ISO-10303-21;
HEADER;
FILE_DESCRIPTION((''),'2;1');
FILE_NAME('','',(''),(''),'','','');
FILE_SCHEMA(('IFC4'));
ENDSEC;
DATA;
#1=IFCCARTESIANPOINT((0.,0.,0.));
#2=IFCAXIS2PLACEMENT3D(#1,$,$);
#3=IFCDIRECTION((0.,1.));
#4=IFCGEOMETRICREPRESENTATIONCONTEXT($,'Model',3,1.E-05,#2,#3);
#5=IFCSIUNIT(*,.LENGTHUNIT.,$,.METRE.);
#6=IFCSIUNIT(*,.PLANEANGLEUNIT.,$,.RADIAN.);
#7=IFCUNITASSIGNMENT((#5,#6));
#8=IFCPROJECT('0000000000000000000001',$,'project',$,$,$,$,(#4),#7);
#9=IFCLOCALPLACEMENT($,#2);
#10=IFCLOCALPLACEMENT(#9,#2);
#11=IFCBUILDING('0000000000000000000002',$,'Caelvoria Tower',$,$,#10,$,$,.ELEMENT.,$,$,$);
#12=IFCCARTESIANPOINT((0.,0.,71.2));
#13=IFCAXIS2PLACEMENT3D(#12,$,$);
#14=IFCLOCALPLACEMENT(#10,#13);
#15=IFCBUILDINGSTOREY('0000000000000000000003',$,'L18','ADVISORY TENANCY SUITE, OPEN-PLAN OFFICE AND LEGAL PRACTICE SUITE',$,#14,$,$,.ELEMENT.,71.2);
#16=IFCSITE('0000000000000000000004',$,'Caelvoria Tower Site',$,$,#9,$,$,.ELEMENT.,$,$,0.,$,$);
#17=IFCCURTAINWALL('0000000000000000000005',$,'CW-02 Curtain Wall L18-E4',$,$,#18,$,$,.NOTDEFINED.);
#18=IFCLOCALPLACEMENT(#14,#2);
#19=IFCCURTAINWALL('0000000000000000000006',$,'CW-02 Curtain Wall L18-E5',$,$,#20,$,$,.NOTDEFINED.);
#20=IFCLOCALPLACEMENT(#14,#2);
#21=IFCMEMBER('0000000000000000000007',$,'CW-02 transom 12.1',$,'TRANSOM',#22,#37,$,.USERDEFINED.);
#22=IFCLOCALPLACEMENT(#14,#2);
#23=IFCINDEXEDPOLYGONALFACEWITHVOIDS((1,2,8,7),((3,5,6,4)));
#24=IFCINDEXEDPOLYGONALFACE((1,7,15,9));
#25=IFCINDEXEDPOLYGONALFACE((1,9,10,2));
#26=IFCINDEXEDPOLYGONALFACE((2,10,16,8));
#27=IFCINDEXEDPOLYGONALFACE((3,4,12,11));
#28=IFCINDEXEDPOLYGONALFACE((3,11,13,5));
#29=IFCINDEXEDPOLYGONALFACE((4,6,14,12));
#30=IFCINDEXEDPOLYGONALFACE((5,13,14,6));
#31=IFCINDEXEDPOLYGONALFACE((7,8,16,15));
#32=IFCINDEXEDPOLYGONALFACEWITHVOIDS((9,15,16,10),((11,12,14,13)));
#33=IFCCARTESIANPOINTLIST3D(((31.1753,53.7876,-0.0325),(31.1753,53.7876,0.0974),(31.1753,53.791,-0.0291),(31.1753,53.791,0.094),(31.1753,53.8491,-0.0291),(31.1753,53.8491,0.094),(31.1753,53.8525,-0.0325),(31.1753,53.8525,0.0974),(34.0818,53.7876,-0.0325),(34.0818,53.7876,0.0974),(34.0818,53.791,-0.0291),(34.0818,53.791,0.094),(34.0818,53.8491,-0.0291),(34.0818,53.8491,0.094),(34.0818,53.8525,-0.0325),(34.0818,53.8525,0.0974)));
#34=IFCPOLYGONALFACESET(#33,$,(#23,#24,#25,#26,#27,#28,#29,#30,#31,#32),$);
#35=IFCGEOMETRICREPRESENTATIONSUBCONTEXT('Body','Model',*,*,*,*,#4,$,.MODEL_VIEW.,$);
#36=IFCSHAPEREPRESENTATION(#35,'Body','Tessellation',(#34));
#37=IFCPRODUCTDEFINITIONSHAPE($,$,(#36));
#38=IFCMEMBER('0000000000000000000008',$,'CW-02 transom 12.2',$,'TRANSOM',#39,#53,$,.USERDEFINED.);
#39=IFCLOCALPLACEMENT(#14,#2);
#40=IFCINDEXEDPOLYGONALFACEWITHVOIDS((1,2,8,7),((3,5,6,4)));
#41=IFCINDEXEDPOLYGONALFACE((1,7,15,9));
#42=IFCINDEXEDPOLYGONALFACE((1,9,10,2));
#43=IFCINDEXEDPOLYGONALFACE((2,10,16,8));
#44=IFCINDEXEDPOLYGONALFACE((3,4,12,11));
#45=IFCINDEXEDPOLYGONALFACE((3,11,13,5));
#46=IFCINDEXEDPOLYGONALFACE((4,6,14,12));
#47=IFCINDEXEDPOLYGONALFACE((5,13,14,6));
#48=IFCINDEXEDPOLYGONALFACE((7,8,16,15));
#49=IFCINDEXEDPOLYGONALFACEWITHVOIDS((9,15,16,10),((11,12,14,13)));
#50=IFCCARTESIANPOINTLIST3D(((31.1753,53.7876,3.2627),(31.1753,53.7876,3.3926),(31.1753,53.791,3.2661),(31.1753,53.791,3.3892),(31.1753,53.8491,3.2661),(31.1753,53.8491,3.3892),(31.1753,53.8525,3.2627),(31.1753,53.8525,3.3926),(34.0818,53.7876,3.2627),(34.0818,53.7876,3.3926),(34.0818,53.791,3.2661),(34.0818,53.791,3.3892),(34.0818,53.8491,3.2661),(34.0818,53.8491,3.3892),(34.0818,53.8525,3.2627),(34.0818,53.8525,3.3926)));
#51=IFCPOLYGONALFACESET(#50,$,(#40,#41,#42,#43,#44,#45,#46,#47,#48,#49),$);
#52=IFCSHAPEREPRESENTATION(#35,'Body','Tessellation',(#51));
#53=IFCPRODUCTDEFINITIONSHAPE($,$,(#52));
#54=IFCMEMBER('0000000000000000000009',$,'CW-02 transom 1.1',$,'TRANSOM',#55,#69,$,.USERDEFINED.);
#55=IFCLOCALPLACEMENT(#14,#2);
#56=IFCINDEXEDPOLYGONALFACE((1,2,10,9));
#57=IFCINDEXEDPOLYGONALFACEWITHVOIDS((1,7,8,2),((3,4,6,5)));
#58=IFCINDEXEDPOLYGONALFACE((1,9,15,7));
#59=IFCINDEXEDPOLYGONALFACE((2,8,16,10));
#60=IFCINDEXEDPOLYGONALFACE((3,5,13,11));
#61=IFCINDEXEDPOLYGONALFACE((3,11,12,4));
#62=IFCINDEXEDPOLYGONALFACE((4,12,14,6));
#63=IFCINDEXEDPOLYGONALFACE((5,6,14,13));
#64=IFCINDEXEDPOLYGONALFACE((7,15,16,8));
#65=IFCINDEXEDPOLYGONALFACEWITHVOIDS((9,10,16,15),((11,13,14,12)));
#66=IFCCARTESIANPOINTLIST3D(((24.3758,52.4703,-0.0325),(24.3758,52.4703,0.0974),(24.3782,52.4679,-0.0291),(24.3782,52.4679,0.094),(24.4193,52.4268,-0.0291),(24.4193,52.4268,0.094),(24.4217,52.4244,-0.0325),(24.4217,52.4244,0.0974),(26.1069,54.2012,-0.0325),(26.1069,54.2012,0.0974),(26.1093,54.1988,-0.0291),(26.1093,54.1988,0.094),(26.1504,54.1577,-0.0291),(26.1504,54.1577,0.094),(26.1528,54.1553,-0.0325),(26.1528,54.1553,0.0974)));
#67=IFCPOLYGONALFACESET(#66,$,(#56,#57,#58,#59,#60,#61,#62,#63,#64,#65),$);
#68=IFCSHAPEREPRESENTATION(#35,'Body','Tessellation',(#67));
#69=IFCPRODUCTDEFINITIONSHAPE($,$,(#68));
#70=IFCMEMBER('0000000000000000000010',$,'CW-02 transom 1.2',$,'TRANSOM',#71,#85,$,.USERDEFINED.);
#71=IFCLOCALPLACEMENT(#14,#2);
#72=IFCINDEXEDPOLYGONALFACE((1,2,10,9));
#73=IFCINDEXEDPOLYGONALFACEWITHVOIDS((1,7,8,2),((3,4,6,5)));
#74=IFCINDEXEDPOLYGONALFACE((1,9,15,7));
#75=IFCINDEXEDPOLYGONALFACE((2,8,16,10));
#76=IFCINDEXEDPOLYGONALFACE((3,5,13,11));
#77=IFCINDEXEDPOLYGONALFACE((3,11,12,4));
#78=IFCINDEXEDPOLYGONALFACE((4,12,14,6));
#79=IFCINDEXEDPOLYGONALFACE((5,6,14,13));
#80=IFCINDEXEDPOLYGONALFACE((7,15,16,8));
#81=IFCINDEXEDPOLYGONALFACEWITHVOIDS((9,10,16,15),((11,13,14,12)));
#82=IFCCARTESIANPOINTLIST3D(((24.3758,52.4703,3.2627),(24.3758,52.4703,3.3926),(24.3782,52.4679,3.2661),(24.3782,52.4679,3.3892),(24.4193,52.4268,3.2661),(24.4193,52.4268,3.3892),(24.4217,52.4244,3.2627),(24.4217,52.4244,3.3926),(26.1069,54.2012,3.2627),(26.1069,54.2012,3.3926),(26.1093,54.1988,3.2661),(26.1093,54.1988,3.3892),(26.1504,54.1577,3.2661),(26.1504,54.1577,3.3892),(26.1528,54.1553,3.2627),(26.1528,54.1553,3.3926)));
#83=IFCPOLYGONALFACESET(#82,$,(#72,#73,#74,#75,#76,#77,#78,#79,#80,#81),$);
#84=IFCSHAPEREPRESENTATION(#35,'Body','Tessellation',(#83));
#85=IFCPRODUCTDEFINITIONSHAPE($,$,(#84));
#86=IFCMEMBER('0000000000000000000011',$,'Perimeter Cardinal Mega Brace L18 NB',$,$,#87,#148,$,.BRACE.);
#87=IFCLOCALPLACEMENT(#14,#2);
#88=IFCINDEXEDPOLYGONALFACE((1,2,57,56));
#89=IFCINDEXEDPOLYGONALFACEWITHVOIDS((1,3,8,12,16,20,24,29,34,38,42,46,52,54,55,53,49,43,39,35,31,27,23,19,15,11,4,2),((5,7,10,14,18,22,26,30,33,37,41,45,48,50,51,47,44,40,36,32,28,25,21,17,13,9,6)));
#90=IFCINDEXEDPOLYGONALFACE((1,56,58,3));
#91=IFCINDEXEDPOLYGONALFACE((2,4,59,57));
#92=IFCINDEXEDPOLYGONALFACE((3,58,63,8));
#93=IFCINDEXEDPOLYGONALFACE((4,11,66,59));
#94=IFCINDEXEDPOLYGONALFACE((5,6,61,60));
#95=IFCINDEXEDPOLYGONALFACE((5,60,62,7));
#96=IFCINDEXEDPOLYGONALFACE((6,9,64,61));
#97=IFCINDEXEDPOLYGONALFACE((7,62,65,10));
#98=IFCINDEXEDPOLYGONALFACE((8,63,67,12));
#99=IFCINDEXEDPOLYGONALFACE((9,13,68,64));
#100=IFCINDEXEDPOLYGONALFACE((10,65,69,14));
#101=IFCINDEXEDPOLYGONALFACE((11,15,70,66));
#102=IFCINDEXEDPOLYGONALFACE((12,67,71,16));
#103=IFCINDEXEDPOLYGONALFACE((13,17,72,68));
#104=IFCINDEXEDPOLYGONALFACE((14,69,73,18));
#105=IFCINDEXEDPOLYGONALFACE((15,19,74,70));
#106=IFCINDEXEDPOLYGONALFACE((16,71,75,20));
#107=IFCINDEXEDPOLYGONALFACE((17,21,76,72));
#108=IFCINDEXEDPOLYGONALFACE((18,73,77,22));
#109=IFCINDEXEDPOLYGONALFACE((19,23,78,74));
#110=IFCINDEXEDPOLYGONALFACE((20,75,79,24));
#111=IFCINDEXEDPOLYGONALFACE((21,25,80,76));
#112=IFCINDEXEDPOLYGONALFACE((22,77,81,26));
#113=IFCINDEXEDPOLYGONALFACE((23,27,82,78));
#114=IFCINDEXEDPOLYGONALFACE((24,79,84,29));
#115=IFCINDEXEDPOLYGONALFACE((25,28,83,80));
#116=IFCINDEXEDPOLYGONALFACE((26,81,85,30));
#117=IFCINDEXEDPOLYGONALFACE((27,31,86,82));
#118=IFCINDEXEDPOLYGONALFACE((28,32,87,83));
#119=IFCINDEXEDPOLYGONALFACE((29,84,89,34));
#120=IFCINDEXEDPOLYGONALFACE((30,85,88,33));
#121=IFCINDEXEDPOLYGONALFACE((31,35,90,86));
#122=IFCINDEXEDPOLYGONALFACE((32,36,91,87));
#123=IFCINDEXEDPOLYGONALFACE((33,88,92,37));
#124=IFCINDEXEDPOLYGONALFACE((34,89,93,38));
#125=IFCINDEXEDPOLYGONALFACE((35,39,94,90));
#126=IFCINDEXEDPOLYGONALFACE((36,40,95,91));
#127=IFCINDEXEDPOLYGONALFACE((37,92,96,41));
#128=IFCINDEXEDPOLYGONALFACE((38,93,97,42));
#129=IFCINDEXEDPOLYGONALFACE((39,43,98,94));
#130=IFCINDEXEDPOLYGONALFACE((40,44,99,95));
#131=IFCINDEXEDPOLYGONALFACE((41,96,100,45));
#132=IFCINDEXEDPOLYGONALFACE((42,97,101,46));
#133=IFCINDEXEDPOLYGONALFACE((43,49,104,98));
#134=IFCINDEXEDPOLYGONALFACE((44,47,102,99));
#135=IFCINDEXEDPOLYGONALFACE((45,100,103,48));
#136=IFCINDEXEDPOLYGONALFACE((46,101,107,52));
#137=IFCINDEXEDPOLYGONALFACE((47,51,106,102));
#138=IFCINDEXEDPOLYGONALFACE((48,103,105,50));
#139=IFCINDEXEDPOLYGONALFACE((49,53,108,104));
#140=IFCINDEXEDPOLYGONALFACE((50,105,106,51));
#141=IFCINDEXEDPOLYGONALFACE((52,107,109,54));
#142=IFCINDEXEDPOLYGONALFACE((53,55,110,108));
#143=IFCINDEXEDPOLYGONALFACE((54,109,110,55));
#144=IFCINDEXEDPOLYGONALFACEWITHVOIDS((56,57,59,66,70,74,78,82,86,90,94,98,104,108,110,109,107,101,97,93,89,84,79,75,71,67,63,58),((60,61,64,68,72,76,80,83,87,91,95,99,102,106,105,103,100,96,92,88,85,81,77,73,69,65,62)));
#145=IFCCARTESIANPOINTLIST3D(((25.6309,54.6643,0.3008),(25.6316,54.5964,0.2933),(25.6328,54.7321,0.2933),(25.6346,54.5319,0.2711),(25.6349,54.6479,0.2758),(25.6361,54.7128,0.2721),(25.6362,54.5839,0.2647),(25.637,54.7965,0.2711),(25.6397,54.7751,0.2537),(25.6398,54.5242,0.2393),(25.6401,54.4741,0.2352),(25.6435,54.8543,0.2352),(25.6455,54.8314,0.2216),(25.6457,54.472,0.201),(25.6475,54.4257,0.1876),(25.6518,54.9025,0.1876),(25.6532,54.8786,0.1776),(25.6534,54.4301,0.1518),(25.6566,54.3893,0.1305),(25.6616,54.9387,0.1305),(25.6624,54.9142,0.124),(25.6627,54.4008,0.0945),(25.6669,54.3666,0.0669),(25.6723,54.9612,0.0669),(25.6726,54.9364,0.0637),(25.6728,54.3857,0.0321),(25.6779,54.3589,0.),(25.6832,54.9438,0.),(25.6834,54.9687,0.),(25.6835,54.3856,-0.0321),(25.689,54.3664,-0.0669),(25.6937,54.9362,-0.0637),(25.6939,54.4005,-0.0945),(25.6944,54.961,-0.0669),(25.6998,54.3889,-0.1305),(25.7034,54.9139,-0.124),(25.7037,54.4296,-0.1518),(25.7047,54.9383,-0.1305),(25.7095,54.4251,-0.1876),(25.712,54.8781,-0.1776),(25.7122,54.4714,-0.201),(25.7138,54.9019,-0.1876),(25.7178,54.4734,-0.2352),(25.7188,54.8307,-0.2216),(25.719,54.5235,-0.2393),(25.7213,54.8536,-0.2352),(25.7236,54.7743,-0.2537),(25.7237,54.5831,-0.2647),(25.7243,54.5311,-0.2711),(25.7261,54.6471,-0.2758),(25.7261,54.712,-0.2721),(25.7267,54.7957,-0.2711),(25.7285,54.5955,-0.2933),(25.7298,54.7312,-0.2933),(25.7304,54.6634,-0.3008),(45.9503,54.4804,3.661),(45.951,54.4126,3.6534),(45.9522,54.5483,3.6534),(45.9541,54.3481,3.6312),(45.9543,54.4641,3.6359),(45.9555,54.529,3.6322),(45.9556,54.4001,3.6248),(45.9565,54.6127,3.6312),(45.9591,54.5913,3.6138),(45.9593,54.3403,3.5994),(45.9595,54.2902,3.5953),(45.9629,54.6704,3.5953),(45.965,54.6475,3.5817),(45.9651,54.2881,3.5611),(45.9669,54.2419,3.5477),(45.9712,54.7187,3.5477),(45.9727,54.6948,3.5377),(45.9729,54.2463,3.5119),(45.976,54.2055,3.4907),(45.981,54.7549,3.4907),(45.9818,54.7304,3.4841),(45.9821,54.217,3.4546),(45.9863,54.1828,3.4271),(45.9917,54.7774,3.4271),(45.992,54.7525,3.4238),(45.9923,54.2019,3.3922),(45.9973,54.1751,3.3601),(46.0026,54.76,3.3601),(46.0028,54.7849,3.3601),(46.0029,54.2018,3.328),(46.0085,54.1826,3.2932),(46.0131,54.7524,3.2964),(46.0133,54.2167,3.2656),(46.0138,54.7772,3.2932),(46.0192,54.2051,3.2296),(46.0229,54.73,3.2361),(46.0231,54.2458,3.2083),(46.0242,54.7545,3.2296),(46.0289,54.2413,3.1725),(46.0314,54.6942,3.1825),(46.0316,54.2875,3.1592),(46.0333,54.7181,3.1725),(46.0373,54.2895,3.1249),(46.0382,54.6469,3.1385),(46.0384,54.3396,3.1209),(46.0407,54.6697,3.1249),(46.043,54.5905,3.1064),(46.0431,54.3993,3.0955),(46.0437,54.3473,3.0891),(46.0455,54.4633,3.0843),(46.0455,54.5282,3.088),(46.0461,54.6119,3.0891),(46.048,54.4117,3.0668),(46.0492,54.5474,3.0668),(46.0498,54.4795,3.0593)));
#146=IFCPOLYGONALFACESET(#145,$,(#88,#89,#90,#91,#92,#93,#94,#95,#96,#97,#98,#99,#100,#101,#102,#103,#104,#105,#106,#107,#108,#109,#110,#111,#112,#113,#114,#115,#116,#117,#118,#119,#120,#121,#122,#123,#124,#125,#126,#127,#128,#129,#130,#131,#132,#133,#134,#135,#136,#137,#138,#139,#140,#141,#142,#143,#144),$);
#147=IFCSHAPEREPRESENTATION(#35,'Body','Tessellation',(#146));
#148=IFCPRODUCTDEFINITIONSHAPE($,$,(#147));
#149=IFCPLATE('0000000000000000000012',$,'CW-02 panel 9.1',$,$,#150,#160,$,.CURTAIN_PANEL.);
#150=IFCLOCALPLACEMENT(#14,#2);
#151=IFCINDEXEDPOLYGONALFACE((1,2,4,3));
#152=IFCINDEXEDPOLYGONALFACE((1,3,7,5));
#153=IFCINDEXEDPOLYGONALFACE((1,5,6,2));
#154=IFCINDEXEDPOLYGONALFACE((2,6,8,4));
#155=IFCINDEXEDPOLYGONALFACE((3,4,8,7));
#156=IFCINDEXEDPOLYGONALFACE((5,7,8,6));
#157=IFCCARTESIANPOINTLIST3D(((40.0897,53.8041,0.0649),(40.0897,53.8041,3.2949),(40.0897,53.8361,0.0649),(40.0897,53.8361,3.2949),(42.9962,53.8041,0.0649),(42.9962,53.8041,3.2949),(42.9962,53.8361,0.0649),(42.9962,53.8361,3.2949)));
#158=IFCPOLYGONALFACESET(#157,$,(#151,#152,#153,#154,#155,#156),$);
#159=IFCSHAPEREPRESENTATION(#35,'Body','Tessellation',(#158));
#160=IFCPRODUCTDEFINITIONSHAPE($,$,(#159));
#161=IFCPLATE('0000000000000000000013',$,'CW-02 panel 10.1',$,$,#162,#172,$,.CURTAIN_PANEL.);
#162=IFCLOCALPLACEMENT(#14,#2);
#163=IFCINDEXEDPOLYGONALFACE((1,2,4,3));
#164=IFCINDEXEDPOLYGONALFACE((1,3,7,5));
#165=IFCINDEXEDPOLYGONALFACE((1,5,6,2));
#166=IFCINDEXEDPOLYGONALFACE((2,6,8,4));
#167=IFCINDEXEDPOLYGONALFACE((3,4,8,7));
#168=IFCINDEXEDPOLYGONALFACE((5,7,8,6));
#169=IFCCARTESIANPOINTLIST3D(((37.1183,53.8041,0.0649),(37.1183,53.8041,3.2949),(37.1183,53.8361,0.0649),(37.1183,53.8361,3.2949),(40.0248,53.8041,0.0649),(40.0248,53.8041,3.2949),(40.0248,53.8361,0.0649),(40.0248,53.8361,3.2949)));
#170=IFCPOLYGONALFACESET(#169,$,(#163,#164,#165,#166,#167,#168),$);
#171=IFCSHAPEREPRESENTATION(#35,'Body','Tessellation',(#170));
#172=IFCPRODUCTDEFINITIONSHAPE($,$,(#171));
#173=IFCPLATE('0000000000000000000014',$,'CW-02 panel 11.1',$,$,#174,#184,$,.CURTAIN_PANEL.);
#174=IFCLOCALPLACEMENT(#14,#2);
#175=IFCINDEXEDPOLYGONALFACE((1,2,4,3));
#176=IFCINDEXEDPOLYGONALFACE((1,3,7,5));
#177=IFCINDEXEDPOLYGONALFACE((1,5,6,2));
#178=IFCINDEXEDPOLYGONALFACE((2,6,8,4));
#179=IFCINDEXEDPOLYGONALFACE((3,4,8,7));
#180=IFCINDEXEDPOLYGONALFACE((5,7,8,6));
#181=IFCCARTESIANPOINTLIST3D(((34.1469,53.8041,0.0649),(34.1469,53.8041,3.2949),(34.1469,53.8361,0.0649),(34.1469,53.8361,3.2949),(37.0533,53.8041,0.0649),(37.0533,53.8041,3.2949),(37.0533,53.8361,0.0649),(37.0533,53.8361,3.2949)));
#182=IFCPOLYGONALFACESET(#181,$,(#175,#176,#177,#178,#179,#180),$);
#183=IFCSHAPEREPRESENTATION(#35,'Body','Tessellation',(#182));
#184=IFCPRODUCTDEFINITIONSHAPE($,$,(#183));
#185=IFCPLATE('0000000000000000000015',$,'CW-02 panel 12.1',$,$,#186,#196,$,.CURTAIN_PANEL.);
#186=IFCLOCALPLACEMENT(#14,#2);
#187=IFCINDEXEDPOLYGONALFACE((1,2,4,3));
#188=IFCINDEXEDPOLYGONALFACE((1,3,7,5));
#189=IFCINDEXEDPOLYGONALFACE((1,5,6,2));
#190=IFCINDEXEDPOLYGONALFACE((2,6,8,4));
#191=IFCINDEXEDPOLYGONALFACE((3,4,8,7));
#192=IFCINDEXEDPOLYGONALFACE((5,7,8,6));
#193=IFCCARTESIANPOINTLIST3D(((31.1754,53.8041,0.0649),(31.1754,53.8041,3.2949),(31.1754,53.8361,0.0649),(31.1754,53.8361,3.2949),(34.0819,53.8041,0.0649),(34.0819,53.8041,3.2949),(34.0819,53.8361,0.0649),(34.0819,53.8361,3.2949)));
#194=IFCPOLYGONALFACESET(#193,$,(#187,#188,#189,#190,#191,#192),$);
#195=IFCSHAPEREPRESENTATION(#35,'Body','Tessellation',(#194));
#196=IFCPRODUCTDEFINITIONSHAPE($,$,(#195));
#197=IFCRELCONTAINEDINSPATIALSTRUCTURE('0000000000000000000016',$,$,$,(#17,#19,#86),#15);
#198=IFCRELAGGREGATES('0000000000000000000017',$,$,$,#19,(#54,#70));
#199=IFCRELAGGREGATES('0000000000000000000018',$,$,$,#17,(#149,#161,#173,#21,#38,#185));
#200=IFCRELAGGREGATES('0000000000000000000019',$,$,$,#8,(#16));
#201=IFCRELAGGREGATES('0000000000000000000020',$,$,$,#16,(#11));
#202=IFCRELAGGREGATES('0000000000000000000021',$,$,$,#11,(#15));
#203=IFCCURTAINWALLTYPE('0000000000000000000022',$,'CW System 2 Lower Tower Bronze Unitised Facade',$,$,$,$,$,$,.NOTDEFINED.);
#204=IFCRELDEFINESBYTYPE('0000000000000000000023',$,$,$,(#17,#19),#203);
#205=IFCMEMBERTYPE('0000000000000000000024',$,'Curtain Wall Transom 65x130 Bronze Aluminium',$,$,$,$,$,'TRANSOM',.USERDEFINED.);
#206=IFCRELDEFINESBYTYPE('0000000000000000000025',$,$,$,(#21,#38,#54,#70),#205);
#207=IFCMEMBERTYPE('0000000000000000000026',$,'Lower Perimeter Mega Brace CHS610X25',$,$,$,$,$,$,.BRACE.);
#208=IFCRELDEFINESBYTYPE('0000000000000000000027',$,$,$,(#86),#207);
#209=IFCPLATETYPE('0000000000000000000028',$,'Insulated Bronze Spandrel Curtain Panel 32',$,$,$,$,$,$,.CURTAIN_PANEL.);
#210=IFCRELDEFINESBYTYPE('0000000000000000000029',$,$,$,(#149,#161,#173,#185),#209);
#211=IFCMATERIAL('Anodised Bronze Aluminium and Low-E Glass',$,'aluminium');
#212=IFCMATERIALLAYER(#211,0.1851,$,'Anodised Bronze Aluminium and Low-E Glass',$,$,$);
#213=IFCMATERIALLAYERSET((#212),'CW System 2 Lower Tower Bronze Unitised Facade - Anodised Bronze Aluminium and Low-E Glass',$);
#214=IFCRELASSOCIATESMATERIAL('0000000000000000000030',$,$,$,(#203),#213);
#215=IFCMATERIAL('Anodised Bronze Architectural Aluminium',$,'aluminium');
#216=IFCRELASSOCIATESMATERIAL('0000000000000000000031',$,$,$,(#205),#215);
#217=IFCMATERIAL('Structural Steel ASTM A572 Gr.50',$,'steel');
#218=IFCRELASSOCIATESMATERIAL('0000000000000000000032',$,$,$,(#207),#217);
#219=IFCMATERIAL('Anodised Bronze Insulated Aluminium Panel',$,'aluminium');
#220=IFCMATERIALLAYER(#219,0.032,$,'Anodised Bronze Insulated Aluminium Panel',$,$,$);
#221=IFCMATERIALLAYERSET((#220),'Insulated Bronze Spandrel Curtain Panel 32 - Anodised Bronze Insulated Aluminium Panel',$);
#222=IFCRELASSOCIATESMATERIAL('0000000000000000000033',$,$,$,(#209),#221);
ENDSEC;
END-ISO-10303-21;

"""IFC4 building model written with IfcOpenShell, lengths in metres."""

from ifc_helpers import new_model, si_unit, direction, frame, origin, origin_2d, place, context, subcontext, project, spatial, rectangle, hollow_rectangle, hollow_circle, extrude, material, layer, layer_set, material_profile, profile_set, type_object, element, aggregate, save


model = new_model("IFC4")

# Units and contexts
model_context = context("Model", 3, precision=1e-05, world=origin(), true_north=direction((0.0, 1.0)))
body_context = subcontext(model_context, "Body", "Model", "MODEL_VIEW")
ifc_project = project(units=[si_unit("LENGTHUNIT", "METRE"), si_unit("PLANEANGLEUNIT", "RADIAN")], contexts=[model_context])

# Site, building, storey
site_placement = place(None, origin())
site = spatial("IfcSite", under=ifc_project, at=site_placement, Name="Caelvoria Tower Site", CompositionType="ELEMENT", RefElevation=0.0)
building_placement = place(site_placement, origin())
building = spatial("IfcBuilding", under=site, at=building_placement, Name="Caelvoria Tower", CompositionType="ELEMENT")
storey_placement = place(building_placement, frame((0.0, 0.0, 71.2)))
storey = spatial("IfcBuildingStorey", under=building, at=storey_placement, Name="L18", Description="ADVISORY TENANCY SUITE, OPEN-PLAN OFFICE AND LEGAL PRACTICE SUITE", CompositionType="ELEMENT", Elevation=71.2)

# Curtain wall
ifc_material_1 = material(Name="Anodised Bronze Aluminium and Low-E Glass", Category="aluminium")
ifc_layer_1 = layer(ifc_material_1, 0.1851, Name="Anodised Bronze Aluminium and Low-E Glass")
ifc_layer_set_1 = layer_set([ifc_layer_1], Name="CW System 2 Lower Tower Bronze Unitised Facade - Anodised Bronze Aluminium and Low-E Glass")
curtain_wall_type = type_object("IfcCurtainWallType", Name="CW System 2 Lower Tower Bronze Unitised Facade", PredefinedType="NOTDEFINED", material=ifc_layer_set_1)
curtain_wall_1_placement = place(storey_placement, origin())
curtain_wall_1 = element("IfcCurtainWall", 1, at=curtain_wall_1_placement, inside=storey, type_object=curtain_wall_type, Name="CW-02 Curtain Wall L18-E4", PredefinedType="NOTDEFINED")
ifc_material_2 = material(Name="Anodised Bronze Architectural Aluminium", Category="aluminium")

# Curtain wall
curtain_wall_2_placement = place(storey_placement, origin())
curtain_wall_2 = element("IfcCurtainWall", 2, at=curtain_wall_2_placement, inside=storey, type_object=curtain_wall_type, Name="CW-02 Curtain Wall L18-E5", PredefinedType="NOTDEFINED")

# Members
ifc_material_profile_1 = material_profile(ifc_material_2, hollow_rectangle(XDim=0.0649, YDim=0.1299, WallThickness=0.0034, at=origin_2d()), Name="Anodised Bronze Architectural Aluminium")
ifc_profile_set_1 = profile_set([ifc_material_profile_1], Name="CW_TRAN_65X130 - Anodised Bronze Architectural Aluminium")
member_type_1 = type_object("IfcMemberType", Name="Curtain Wall Transom 65x130 Bronze Aluminium", ElementType="TRANSOM", PredefinedType="USERDEFINED", material=ifc_profile_set_1)
member_1_placement = place(storey_placement, frame((34.0818, 53.8201, 0.0325), z_axis=(-1.0, 0.0, 0.0), x_axis=(0.0, -1.0, 0.0)))
member_1 = element("IfcMember", 3, at=member_1_placement, type_object=member_type_1, Name="CW-02 transom 12.1", ObjectType="TRANSOM", PredefinedType="USERDEFINED", context=body_context, shape_type="SweptSolid", body=[
    extrude(hollow_rectangle(XDim=0.0649, YDim=0.1299, WallThickness=0.0034, at=origin_2d()), origin(), (0.0, 0.0, 1.0), 2.9065),
])
member_2_placement = place(storey_placement, frame((34.0818, 53.8201, 3.3276), z_axis=(-1.0, 0.0, 0.0), x_axis=(0.0, -1.0, 0.0)))
member_2 = element("IfcMember", 4, at=member_2_placement, type_object=member_type_1, Name="CW-02 transom 12.2", ObjectType="TRANSOM", PredefinedType="USERDEFINED", context=body_context, shape_type="SweptSolid", body=[
    extrude(hollow_rectangle(XDim=0.0649, YDim=0.1299, WallThickness=0.0034, at=origin_2d()), origin(), (0.0, 0.0, 1.0), 2.9065),
])
member_3_placement = place(storey_placement, frame((26.1299, 54.1782, 0.0325), z_axis=(-0.707157, -0.707057, 0.0), x_axis=(0.707057, -0.707157, 0.0)))
member_3 = element("IfcMember", 5, at=member_3_placement, type_object=member_type_1, Name="CW-02 transom 1.1", ObjectType="TRANSOM", PredefinedType="USERDEFINED", context=body_context, shape_type="SweptSolid", body=[
    extrude(hollow_rectangle(XDim=0.0649, YDim=0.1299, WallThickness=0.0034, at=origin_2d()), origin(), (0.0, 0.0, 1.0), 2.448),
])
member_4_placement = place(storey_placement, frame((26.1299, 54.1782, 3.3276), z_axis=(-0.707157, -0.707057, 0.0), x_axis=(0.707057, -0.707157, 0.0)))
member_4 = element("IfcMember", 6, at=member_4_placement, type_object=member_type_1, Name="CW-02 transom 1.2", ObjectType="TRANSOM", PredefinedType="USERDEFINED", context=body_context, shape_type="SweptSolid", body=[
    extrude(hollow_rectangle(XDim=0.0649, YDim=0.1299, WallThickness=0.0034, at=origin_2d()), origin(), (0.0, 0.0, 1.0), 2.448),
])
aggregate(curtain_wall_2, [member_3, member_4])
ifc_material_3 = material(Name="Structural Steel ASTM A572 Gr.50", Category="steel")
ifc_material_profile_2 = material_profile(ifc_material_3, hollow_circle(Radius=0.3049, WallThickness=0.0249, at=origin_2d()), Name="Structural Steel ASTM A572 Gr.50")
ifc_profile_set_2 = profile_set([ifc_material_profile_2], Name="CHS610X25 - Structural Steel ASTM A572 Gr.50")
member_type_2 = type_object("IfcMemberType", Name="Lower Perimeter Mega Brace CHS610X25", PredefinedType="BRACE", material=ifc_profile_set_2)
member_5_placement = place(storey_placement, frame((25.6807, 54.6638, 0.0), z_axis=(0.986562, -0.008926, 0.163143), x_axis=(0.009047, 0.999959, 0.0)))
element("IfcMember", 7, at=member_5_placement, inside=storey, type_object=member_type_2, Name="Perimeter Cardinal Mega Brace L18 NB", PredefinedType="BRACE", context=body_context, shape_type="SweptSolid", body=[
    extrude(hollow_circle(Radius=0.3049, WallThickness=0.0249, at=origin_2d()), origin(), (0.0, 0.0, 1.0), 20.5962),
])

# Plates
ifc_material_4 = material(Name="Anodised Bronze Insulated Aluminium Panel", Category="aluminium")
ifc_layer_2 = layer(ifc_material_4, 0.032, Name="Anodised Bronze Insulated Aluminium Panel")
ifc_layer_set_2 = layer_set([ifc_layer_2], Name="Insulated Bronze Spandrel Curtain Panel 32 - Anodised Bronze Insulated Aluminium Panel")
plate_type_1 = type_object("IfcPlateType", Name="Insulated Bronze Spandrel Curtain Panel 32", PredefinedType="CURTAIN_PANEL", material=ifc_layer_set_2)
plate_1_placement = place(storey_placement, frame((41.543, 53.8201, 0.0649), z_axis=(0.0, 0.0, 1.0), x_axis=(-1.0, 0.0, 0.0)))
plate_1 = element("IfcPlate", 8, at=plate_1_placement, type_object=plate_type_1, Name="CW-02 panel 9.1", PredefinedType="CURTAIN_PANEL", context=body_context, shape_type="SweptSolid", body=[
    extrude(rectangle(XDim=2.9065, YDim=0.032, at=origin_2d()), origin(), (0.0, 0.0, 1.0), 3.23),
])
plate_2_placement = place(storey_placement, frame((38.5715, 53.8201, 0.0649), z_axis=(0.0, 0.0, 1.0), x_axis=(-1.0, 0.0, 0.0)))
plate_2 = element("IfcPlate", 9, at=plate_2_placement, type_object=plate_type_1, Name="CW-02 panel 10.1", PredefinedType="CURTAIN_PANEL", context=body_context, shape_type="SweptSolid", body=[
    extrude(rectangle(XDim=2.9065, YDim=0.032, at=origin_2d()), origin(), (0.0, 0.0, 1.0), 3.23),
])
plate_3_placement = place(storey_placement, frame((35.6001, 53.8201, 0.0649), z_axis=(0.0, 0.0, 1.0), x_axis=(-1.0, 0.0, 0.0)))
plate_3 = element("IfcPlate", 10, at=plate_3_placement, type_object=plate_type_1, Name="CW-02 panel 11.1", PredefinedType="CURTAIN_PANEL", context=body_context, shape_type="SweptSolid", body=[
    extrude(rectangle(XDim=2.9065, YDim=0.032, at=origin_2d()), origin(), (0.0, 0.0, 1.0), 3.23),
])
plate_4_placement = place(storey_placement, frame((32.6287, 53.8201, 0.0649), z_axis=(0.0, 0.0, 1.0), x_axis=(-1.0, 0.0, 0.0)))
plate_4 = element("IfcPlate", 11, at=plate_4_placement, type_object=plate_type_1, Name="CW-02 panel 12.1", PredefinedType="CURTAIN_PANEL", context=body_context, shape_type="SweptSolid", body=[
    extrude(rectangle(XDim=2.9065, YDim=0.032, at=origin_2d()), origin(), (0.0, 0.0, 1.0), 3.23),
])
aggregate(curtain_wall_1, [plate_1, plate_2, plate_3, member_1, member_2, plate_4])

save(model, "model.ifc")
